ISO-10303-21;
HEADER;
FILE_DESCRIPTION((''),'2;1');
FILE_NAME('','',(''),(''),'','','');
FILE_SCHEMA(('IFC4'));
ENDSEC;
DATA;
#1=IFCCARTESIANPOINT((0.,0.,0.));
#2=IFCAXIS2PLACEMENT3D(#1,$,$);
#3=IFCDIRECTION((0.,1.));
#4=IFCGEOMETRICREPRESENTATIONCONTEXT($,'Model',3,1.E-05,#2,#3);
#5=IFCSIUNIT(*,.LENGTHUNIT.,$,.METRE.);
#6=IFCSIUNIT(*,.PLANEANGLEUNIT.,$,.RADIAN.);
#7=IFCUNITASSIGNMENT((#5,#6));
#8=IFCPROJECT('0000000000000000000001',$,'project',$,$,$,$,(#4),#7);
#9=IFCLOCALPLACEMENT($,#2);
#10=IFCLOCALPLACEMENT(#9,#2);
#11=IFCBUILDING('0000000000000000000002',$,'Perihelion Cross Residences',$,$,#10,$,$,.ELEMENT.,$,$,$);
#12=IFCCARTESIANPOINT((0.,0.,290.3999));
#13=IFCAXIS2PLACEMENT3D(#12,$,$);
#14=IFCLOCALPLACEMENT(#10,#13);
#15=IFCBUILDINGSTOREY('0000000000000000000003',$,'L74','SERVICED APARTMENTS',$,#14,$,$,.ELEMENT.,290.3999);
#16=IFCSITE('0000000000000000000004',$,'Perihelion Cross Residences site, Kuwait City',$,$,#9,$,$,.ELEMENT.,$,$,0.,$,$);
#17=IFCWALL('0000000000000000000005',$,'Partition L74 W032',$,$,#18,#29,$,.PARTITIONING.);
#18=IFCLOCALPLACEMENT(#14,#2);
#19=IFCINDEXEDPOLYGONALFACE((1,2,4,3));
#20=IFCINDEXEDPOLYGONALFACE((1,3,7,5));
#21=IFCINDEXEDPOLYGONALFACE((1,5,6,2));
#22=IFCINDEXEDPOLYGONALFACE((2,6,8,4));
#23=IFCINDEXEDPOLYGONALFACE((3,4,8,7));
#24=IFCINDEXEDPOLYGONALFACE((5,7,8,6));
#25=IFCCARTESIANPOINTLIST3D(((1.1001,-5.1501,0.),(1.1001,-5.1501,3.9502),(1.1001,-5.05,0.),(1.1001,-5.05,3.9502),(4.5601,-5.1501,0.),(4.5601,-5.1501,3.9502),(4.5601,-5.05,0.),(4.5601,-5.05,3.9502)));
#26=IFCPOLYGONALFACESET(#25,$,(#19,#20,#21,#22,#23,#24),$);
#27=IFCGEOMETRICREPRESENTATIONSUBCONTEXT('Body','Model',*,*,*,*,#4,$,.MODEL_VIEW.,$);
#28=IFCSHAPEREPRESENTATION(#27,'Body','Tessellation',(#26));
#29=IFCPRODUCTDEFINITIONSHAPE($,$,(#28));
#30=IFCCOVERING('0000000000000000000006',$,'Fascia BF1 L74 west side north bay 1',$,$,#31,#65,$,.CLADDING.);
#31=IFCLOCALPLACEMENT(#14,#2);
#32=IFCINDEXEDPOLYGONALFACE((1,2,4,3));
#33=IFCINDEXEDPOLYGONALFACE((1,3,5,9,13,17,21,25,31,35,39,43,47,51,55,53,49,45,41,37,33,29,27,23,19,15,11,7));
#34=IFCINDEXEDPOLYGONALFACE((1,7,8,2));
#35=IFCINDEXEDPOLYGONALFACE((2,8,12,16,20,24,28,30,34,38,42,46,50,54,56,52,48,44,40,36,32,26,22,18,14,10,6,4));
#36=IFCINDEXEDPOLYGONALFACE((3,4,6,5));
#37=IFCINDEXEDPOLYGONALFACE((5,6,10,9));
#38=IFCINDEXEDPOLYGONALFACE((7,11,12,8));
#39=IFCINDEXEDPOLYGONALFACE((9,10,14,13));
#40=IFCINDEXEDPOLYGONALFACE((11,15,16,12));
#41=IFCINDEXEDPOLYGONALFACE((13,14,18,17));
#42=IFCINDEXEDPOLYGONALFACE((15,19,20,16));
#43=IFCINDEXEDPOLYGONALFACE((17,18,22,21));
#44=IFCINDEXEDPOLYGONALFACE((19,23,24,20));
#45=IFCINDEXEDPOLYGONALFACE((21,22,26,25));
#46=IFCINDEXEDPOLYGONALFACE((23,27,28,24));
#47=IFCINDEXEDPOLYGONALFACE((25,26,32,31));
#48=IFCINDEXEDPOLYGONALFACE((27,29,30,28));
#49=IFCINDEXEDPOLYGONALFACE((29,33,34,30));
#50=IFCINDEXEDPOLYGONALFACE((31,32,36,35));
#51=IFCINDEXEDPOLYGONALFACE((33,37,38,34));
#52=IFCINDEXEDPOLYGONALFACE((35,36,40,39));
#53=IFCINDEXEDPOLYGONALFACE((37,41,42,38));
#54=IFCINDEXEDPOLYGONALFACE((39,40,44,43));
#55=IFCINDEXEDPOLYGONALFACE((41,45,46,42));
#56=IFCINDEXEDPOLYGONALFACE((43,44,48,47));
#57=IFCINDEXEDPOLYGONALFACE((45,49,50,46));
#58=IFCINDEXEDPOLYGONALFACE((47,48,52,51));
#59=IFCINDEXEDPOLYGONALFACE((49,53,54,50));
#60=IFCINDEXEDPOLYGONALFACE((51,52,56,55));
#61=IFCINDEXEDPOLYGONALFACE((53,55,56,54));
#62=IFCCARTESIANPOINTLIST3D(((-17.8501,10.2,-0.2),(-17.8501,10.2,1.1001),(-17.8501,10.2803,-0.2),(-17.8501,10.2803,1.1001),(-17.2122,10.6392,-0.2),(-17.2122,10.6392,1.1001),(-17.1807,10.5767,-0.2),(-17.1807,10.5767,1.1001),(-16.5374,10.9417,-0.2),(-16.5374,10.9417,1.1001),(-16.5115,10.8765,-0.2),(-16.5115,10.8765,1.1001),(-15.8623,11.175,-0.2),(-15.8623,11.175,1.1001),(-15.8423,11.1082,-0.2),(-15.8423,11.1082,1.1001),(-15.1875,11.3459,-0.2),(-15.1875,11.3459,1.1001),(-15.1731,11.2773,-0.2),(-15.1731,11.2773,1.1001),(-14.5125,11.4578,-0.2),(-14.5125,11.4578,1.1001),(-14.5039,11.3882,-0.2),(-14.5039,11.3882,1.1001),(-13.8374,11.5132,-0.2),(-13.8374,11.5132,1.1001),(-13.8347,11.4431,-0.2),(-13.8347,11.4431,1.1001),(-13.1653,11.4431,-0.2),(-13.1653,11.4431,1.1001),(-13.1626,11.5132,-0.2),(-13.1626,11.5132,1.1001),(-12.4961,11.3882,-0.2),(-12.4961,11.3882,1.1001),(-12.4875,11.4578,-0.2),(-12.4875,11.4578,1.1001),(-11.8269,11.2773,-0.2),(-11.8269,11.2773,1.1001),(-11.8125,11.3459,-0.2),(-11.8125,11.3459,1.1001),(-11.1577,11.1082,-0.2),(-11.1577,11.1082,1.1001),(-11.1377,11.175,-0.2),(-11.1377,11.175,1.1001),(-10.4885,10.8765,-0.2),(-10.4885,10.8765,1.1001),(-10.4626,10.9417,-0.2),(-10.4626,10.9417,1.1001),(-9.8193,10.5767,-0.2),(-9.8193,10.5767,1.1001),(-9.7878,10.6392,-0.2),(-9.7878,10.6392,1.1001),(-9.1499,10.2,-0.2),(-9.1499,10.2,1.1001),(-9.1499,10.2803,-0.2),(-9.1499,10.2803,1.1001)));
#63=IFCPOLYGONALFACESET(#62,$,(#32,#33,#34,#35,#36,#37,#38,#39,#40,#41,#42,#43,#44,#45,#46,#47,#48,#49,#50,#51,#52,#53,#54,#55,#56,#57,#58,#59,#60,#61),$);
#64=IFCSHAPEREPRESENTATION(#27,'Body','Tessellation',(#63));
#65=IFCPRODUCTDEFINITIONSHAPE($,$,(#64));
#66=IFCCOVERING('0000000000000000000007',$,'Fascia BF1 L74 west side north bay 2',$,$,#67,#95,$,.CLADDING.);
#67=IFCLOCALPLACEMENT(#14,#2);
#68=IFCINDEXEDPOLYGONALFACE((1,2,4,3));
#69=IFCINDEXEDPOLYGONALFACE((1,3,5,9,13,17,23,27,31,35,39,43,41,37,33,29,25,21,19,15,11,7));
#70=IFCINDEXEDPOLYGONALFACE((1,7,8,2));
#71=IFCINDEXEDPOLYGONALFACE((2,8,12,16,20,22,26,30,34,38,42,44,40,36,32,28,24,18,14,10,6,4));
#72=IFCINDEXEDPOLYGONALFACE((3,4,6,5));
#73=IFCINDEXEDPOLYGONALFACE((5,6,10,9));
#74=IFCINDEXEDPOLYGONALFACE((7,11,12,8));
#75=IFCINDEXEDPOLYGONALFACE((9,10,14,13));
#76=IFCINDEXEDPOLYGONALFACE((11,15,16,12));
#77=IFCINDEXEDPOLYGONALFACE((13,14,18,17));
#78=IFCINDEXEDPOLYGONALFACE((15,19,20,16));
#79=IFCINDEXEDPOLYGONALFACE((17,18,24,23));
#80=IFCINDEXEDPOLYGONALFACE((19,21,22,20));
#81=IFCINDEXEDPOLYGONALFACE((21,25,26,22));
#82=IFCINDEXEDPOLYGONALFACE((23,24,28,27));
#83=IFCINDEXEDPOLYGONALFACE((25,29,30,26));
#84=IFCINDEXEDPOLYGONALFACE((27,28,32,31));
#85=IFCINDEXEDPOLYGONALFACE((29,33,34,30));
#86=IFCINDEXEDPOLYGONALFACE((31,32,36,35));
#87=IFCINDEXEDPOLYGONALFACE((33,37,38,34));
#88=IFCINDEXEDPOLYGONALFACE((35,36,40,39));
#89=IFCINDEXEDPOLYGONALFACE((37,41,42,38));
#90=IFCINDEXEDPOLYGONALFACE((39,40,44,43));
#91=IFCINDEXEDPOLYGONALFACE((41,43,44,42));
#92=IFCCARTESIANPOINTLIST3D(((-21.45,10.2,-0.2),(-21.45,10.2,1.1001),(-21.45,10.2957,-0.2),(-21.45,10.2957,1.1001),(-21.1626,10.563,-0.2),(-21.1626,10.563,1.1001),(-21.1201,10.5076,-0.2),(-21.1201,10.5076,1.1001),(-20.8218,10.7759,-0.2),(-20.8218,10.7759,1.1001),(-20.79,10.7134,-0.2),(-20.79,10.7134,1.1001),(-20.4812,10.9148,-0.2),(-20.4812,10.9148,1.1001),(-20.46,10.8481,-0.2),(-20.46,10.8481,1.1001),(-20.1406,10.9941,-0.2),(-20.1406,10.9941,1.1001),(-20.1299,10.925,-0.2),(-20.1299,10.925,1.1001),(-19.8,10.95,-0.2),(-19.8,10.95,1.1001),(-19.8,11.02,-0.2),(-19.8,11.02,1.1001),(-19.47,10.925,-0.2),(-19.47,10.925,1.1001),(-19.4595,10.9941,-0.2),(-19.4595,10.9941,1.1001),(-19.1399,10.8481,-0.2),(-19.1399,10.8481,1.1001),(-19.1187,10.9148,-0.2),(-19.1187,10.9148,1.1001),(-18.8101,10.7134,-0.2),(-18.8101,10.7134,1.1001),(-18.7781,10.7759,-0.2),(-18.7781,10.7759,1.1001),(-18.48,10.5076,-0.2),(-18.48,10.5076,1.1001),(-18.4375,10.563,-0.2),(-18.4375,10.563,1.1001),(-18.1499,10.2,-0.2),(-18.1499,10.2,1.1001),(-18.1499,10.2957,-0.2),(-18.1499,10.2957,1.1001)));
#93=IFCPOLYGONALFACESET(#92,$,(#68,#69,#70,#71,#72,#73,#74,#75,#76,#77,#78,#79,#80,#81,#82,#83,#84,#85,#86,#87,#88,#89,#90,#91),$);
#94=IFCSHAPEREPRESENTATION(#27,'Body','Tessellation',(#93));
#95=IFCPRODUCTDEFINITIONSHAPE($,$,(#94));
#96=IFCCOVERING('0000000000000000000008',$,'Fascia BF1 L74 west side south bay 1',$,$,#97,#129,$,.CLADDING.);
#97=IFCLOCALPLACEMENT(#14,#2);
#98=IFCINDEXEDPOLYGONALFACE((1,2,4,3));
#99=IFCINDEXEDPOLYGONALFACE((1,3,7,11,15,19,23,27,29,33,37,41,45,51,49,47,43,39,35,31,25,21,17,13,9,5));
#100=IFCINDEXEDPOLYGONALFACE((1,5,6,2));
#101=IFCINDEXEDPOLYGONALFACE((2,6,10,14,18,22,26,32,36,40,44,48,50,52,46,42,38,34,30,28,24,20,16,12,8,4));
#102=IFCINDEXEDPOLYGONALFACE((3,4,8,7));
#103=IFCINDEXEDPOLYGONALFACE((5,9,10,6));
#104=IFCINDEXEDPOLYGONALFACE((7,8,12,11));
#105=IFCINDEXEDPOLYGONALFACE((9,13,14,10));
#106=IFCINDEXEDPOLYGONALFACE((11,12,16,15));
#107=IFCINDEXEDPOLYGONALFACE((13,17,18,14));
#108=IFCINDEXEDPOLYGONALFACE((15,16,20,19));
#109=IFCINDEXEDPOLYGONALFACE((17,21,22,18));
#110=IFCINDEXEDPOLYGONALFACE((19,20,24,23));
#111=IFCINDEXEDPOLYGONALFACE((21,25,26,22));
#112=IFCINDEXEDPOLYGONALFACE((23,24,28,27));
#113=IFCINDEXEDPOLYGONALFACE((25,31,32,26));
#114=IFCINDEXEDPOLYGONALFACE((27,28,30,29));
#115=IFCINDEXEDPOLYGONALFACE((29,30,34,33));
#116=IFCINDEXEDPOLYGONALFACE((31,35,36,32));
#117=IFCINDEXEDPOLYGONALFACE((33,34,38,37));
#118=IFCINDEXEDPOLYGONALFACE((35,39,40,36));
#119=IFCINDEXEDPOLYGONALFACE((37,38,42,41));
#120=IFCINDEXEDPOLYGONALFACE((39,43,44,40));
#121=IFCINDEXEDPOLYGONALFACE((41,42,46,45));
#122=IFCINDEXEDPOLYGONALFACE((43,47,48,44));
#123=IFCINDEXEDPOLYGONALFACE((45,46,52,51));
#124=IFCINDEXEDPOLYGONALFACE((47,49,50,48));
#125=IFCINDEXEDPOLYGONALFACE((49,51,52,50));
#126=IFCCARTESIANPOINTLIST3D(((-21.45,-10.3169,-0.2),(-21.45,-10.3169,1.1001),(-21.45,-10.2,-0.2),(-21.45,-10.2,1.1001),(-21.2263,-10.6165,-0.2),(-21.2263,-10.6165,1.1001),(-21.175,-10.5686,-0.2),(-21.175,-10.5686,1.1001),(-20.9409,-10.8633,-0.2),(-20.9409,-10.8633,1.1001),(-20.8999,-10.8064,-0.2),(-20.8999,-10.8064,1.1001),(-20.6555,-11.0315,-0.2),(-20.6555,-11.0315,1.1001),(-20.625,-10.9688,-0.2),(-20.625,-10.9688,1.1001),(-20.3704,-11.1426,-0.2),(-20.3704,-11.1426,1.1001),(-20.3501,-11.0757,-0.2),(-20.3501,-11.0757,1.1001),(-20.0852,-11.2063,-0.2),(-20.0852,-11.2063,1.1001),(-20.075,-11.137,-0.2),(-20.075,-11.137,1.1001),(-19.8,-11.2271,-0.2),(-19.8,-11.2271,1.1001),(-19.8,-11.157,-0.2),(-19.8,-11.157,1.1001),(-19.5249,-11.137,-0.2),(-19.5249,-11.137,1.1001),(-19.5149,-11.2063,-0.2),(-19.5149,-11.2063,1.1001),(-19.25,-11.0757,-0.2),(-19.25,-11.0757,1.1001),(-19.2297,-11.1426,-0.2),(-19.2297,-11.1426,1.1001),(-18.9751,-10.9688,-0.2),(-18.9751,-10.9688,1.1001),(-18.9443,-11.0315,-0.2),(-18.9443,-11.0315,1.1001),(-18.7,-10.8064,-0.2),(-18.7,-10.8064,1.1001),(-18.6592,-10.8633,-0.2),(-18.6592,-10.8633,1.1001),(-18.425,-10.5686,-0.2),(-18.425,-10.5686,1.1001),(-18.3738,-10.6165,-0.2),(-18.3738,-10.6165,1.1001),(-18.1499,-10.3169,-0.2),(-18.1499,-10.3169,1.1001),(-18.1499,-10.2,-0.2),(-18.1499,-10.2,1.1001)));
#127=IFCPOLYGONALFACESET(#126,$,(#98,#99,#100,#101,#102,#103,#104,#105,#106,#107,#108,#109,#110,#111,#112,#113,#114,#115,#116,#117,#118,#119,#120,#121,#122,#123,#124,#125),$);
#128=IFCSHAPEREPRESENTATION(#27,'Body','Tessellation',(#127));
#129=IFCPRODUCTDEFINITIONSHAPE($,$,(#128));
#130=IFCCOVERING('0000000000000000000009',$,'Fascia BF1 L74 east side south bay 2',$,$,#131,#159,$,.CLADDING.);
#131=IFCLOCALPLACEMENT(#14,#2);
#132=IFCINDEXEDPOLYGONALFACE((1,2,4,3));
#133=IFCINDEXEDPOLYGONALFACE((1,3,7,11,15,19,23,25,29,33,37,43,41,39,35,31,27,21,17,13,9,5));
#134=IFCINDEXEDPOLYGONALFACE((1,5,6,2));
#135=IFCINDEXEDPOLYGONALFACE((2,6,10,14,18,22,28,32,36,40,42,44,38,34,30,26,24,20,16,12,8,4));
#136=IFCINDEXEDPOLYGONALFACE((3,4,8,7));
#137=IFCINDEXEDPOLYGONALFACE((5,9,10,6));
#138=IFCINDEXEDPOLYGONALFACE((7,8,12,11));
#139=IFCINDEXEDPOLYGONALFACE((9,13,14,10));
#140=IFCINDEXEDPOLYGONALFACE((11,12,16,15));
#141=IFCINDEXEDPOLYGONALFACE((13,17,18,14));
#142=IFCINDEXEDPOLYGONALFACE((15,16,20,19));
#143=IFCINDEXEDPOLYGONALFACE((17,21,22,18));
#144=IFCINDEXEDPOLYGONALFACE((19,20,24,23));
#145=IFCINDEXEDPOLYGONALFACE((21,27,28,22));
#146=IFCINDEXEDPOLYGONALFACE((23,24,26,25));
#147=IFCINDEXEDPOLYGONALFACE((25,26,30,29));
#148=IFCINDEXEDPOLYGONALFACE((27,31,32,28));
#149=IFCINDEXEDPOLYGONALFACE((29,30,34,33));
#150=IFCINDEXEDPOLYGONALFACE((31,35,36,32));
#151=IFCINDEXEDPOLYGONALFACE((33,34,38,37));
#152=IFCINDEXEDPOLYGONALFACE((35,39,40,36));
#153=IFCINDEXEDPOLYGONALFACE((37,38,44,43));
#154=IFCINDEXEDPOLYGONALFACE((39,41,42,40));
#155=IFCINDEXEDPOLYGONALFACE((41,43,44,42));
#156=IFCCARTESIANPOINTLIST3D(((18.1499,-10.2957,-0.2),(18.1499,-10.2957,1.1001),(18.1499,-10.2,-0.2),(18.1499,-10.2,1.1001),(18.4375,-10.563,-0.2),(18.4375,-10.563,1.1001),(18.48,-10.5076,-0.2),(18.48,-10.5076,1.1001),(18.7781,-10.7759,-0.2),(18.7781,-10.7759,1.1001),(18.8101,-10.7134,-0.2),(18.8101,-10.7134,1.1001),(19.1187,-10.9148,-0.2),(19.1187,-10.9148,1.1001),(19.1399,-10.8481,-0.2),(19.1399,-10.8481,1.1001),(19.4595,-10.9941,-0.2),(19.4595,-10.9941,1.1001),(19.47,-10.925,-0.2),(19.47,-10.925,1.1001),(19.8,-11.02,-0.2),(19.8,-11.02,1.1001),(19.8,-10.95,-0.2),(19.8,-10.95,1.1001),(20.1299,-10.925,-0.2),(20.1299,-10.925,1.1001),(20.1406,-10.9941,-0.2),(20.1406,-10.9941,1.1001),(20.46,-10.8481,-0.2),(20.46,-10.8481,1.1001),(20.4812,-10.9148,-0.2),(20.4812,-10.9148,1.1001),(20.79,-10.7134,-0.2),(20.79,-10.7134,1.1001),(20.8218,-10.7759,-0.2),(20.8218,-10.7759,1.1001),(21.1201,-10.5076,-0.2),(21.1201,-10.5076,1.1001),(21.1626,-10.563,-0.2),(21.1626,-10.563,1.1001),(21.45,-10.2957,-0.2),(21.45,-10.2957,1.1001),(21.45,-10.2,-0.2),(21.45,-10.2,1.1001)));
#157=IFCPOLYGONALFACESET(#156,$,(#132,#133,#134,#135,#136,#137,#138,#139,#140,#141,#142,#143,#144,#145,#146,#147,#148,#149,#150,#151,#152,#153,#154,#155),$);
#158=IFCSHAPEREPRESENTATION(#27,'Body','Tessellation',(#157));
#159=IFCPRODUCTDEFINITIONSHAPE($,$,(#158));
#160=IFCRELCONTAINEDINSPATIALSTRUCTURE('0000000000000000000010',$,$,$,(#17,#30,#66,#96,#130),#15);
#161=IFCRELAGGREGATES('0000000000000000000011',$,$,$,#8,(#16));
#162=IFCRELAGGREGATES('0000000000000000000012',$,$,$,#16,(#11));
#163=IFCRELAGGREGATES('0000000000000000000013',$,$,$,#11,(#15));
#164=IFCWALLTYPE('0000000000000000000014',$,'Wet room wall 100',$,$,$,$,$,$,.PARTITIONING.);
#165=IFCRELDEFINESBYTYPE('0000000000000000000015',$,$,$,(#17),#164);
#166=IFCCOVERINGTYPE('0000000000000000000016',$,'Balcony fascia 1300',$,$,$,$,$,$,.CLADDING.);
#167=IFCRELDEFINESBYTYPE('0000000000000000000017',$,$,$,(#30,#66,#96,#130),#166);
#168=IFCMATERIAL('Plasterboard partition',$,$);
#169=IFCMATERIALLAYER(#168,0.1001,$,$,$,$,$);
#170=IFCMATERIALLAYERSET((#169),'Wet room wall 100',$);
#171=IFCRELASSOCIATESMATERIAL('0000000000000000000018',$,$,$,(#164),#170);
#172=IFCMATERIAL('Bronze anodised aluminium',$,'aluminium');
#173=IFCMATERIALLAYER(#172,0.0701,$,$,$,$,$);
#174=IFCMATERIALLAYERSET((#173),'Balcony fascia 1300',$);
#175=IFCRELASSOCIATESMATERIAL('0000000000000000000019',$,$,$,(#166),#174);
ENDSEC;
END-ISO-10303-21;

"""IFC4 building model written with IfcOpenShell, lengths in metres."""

from ifc_helpers import new_model, si_unit, direction, frame, frame_2d, origin, place, context, subcontext, project, spatial, polyline, rectangle, outline, extrude, material, layer, layer_set, type_object, element, save


model = new_model("IFC4")

# Units and contexts
model_context = context("Model", 3, precision=1e-05, world=origin(), true_north=direction((0.0, 1.0)))
body_context = subcontext(model_context, "Body", "Model", "MODEL_VIEW")
ifc_project = project(units=[si_unit("LENGTHUNIT", "METRE"), si_unit("PLANEANGLEUNIT", "RADIAN")], contexts=[model_context])

# Site, building, storey
site_placement = place(None, origin())
site = spatial("IfcSite", under=ifc_project, at=site_placement, Name="Perihelion Cross Residences site, Kuwait City", CompositionType="ELEMENT", RefElevation=0.0)
building_placement = place(site_placement, origin())
building = spatial("IfcBuilding", under=site, at=building_placement, Name="Perihelion Cross Residences", CompositionType="ELEMENT")
storey_placement = place(building_placement, frame((0.0, 0.0, 290.3999)))
storey = spatial("IfcBuildingStorey", under=building, at=storey_placement, Name="L74", Description="SERVICED APARTMENTS", CompositionType="ELEMENT", Elevation=290.3999)

# Shared definitions
ifc_material_1 = material(Name="Plasterboard partition")
ifc_layer_1 = layer(ifc_material_1, 0.1001)
ifc_layer_set_1 = layer_set([ifc_layer_1], Name="Wet room wall 100")
wall_type_1 = type_object("IfcWallType", Name="Wet room wall 100", PredefinedType="PARTITIONING", material=ifc_layer_set_1)

# Wall
wall_1_placement = place(storey_placement, frame((4.5601, -5.1001, 0.0), z_axis=(0.0, 0.0, 1.0), x_axis=(-1.0, 0.0, 0.0)))
element("IfcWall", 1, at=wall_1_placement, inside=storey, type_object=wall_type_1, Name="Partition L74 W032", PredefinedType="PARTITIONING", context=body_context, shape_type="SweptSolid", body=[
    extrude(rectangle(XDim=3.46, YDim=0.1001, at=frame_2d((1.73, 0.0))), origin(), (0.0, 0.0, 1.0), 3.9502),
])

# Coverings
ifc_material_2 = material(Name="Bronze anodised aluminium", Category="aluminium")
ifc_layer_2 = layer(ifc_material_2, 0.0701)
ifc_layer_set_2 = layer_set([ifc_layer_2], Name="Balcony fascia 1300")
covering_type = type_object("IfcCoveringType", Name="Balcony fascia 1300", PredefinedType="CLADDING", material=ifc_layer_set_2)
covering_1_placement = place(storey_placement, frame((0.0, 0.0, -0.2)))
element("IfcCovering", 2, at=covering_1_placement, inside=storey, type_object=covering_type, Name="Fascia BF1 L74 west side north bay 1", PredefinedType="CLADDING", context=body_context, shape_type="SweptSolid", body=[
    extrude(outline(polyline([(-9.7878, 10.6392), (-10.4626, 10.9417), (-11.1377, 11.175), (-11.8125, 11.3459), (-12.4875, 11.4578), (-13.1626, 11.5132), (-13.8374, 11.5132), (-14.5125, 11.4578), (-15.1875, 11.3459), (-15.8623, 11.175), (-16.5374, 10.9417), (-17.2122, 10.6392), (-17.8501, 10.2803), (-17.8501, 10.2), (-17.1807, 10.5767), (-16.5115, 10.8765), (-15.8423, 11.1082), (-15.1731, 11.2773), (-14.5039, 11.3882), (-13.8347, 11.4431), (-13.1653, 11.4431), (-12.4961, 11.3882), (-11.8269, 11.2773), (-11.1577, 11.1082), (-10.4885, 10.8765), (-9.8193, 10.5767), (-9.1499, 10.2), (-9.1499, 10.2803), (-9.7878, 10.6392)])), origin(), (0.0, 0.0, 1.0), 1.3),
])
covering_2_placement = place(storey_placement, frame((0.0, 0.0, -0.2)))
element("IfcCovering", 3, at=covering_2_placement, inside=storey, type_object=covering_type, Name="Fascia BF1 L74 west side north bay 2", PredefinedType="CLADDING", context=body_context, shape_type="SweptSolid", body=[
    extrude(outline(polyline([(-18.4375, 10.563), (-18.7781, 10.7759), (-19.1187, 10.9148), (-19.4595, 10.9941), (-19.8, 11.02), (-20.1406, 10.9941), (-20.4812, 10.9148), (-20.8218, 10.7759), (-21.1626, 10.563), (-21.45, 10.2957), (-21.45, 10.2), (-21.1201, 10.5076), (-20.79, 10.7134), (-20.46, 10.8481), (-20.1299, 10.925), (-19.8, 10.95), (-19.47, 10.925), (-19.1399, 10.8481), (-18.8101, 10.7134), (-18.48, 10.5076), (-18.1499, 10.2), (-18.1499, 10.2957), (-18.4375, 10.563)])), origin(), (0.0, 0.0, 1.0), 1.3),
])
covering_3_placement = place(storey_placement, frame((0.0, 0.0, -0.2)))
element("IfcCovering", 4, at=covering_3_placement, inside=storey, type_object=covering_type, Name="Fascia BF1 L74 west side south bay 1", PredefinedType="CLADDING", context=body_context, shape_type="SweptSolid", body=[
    extrude(outline(polyline([(-21.2263, -10.6165), (-20.9409, -10.8633), (-20.6555, -11.0315), (-20.3704, -11.1426), (-20.0852, -11.2063), (-19.8, -11.2271), (-19.5149, -11.2063), (-19.2297, -11.1426), (-18.9443, -11.0315), (-18.6592, -10.8633), (-18.3738, -10.6165), (-18.1499, -10.3169), (-18.1499, -10.2), (-18.425, -10.5686), (-18.7, -10.8064), (-18.9751, -10.9688), (-19.25, -11.0757), (-19.5249, -11.137), (-19.8, -11.157), (-20.075, -11.137), (-20.3501, -11.0757), (-20.625, -10.9688), (-20.8999, -10.8064), (-21.175, -10.5686), (-21.45, -10.2), (-21.45, -10.3169), (-21.2263, -10.6165)])), origin(), (0.0, 0.0, 1.0), 1.3),
])
covering_4_placement = place(storey_placement, frame((0.0, 0.0, -0.2)))
element("IfcCovering", 5, at=covering_4_placement, inside=storey, type_object=covering_type, Name="Fascia BF1 L74 east side south bay 2", PredefinedType="CLADDING", context=body_context, shape_type="SweptSolid", body=[
    extrude(outline(polyline([(18.4375, -10.563), (18.7781, -10.7759), (19.1187, -10.9148), (19.4595, -10.9941), (19.8, -11.02), (20.1406, -10.9941), (20.4812, -10.9148), (20.8218, -10.7759), (21.1626, -10.563), (21.45, -10.2957), (21.45, -10.2), (21.1201, -10.5076), (20.79, -10.7134), (20.46, -10.8481), (20.1299, -10.925), (19.8, -10.95), (19.47, -10.925), (19.1399, -10.8481), (18.8101, -10.7134), (18.48, -10.5076), (18.1499, -10.2), (18.1499, -10.2957), (18.4375, -10.563)])), origin(), (0.0, 0.0, 1.0), 1.3),
])

save(model, "model.ifc")
